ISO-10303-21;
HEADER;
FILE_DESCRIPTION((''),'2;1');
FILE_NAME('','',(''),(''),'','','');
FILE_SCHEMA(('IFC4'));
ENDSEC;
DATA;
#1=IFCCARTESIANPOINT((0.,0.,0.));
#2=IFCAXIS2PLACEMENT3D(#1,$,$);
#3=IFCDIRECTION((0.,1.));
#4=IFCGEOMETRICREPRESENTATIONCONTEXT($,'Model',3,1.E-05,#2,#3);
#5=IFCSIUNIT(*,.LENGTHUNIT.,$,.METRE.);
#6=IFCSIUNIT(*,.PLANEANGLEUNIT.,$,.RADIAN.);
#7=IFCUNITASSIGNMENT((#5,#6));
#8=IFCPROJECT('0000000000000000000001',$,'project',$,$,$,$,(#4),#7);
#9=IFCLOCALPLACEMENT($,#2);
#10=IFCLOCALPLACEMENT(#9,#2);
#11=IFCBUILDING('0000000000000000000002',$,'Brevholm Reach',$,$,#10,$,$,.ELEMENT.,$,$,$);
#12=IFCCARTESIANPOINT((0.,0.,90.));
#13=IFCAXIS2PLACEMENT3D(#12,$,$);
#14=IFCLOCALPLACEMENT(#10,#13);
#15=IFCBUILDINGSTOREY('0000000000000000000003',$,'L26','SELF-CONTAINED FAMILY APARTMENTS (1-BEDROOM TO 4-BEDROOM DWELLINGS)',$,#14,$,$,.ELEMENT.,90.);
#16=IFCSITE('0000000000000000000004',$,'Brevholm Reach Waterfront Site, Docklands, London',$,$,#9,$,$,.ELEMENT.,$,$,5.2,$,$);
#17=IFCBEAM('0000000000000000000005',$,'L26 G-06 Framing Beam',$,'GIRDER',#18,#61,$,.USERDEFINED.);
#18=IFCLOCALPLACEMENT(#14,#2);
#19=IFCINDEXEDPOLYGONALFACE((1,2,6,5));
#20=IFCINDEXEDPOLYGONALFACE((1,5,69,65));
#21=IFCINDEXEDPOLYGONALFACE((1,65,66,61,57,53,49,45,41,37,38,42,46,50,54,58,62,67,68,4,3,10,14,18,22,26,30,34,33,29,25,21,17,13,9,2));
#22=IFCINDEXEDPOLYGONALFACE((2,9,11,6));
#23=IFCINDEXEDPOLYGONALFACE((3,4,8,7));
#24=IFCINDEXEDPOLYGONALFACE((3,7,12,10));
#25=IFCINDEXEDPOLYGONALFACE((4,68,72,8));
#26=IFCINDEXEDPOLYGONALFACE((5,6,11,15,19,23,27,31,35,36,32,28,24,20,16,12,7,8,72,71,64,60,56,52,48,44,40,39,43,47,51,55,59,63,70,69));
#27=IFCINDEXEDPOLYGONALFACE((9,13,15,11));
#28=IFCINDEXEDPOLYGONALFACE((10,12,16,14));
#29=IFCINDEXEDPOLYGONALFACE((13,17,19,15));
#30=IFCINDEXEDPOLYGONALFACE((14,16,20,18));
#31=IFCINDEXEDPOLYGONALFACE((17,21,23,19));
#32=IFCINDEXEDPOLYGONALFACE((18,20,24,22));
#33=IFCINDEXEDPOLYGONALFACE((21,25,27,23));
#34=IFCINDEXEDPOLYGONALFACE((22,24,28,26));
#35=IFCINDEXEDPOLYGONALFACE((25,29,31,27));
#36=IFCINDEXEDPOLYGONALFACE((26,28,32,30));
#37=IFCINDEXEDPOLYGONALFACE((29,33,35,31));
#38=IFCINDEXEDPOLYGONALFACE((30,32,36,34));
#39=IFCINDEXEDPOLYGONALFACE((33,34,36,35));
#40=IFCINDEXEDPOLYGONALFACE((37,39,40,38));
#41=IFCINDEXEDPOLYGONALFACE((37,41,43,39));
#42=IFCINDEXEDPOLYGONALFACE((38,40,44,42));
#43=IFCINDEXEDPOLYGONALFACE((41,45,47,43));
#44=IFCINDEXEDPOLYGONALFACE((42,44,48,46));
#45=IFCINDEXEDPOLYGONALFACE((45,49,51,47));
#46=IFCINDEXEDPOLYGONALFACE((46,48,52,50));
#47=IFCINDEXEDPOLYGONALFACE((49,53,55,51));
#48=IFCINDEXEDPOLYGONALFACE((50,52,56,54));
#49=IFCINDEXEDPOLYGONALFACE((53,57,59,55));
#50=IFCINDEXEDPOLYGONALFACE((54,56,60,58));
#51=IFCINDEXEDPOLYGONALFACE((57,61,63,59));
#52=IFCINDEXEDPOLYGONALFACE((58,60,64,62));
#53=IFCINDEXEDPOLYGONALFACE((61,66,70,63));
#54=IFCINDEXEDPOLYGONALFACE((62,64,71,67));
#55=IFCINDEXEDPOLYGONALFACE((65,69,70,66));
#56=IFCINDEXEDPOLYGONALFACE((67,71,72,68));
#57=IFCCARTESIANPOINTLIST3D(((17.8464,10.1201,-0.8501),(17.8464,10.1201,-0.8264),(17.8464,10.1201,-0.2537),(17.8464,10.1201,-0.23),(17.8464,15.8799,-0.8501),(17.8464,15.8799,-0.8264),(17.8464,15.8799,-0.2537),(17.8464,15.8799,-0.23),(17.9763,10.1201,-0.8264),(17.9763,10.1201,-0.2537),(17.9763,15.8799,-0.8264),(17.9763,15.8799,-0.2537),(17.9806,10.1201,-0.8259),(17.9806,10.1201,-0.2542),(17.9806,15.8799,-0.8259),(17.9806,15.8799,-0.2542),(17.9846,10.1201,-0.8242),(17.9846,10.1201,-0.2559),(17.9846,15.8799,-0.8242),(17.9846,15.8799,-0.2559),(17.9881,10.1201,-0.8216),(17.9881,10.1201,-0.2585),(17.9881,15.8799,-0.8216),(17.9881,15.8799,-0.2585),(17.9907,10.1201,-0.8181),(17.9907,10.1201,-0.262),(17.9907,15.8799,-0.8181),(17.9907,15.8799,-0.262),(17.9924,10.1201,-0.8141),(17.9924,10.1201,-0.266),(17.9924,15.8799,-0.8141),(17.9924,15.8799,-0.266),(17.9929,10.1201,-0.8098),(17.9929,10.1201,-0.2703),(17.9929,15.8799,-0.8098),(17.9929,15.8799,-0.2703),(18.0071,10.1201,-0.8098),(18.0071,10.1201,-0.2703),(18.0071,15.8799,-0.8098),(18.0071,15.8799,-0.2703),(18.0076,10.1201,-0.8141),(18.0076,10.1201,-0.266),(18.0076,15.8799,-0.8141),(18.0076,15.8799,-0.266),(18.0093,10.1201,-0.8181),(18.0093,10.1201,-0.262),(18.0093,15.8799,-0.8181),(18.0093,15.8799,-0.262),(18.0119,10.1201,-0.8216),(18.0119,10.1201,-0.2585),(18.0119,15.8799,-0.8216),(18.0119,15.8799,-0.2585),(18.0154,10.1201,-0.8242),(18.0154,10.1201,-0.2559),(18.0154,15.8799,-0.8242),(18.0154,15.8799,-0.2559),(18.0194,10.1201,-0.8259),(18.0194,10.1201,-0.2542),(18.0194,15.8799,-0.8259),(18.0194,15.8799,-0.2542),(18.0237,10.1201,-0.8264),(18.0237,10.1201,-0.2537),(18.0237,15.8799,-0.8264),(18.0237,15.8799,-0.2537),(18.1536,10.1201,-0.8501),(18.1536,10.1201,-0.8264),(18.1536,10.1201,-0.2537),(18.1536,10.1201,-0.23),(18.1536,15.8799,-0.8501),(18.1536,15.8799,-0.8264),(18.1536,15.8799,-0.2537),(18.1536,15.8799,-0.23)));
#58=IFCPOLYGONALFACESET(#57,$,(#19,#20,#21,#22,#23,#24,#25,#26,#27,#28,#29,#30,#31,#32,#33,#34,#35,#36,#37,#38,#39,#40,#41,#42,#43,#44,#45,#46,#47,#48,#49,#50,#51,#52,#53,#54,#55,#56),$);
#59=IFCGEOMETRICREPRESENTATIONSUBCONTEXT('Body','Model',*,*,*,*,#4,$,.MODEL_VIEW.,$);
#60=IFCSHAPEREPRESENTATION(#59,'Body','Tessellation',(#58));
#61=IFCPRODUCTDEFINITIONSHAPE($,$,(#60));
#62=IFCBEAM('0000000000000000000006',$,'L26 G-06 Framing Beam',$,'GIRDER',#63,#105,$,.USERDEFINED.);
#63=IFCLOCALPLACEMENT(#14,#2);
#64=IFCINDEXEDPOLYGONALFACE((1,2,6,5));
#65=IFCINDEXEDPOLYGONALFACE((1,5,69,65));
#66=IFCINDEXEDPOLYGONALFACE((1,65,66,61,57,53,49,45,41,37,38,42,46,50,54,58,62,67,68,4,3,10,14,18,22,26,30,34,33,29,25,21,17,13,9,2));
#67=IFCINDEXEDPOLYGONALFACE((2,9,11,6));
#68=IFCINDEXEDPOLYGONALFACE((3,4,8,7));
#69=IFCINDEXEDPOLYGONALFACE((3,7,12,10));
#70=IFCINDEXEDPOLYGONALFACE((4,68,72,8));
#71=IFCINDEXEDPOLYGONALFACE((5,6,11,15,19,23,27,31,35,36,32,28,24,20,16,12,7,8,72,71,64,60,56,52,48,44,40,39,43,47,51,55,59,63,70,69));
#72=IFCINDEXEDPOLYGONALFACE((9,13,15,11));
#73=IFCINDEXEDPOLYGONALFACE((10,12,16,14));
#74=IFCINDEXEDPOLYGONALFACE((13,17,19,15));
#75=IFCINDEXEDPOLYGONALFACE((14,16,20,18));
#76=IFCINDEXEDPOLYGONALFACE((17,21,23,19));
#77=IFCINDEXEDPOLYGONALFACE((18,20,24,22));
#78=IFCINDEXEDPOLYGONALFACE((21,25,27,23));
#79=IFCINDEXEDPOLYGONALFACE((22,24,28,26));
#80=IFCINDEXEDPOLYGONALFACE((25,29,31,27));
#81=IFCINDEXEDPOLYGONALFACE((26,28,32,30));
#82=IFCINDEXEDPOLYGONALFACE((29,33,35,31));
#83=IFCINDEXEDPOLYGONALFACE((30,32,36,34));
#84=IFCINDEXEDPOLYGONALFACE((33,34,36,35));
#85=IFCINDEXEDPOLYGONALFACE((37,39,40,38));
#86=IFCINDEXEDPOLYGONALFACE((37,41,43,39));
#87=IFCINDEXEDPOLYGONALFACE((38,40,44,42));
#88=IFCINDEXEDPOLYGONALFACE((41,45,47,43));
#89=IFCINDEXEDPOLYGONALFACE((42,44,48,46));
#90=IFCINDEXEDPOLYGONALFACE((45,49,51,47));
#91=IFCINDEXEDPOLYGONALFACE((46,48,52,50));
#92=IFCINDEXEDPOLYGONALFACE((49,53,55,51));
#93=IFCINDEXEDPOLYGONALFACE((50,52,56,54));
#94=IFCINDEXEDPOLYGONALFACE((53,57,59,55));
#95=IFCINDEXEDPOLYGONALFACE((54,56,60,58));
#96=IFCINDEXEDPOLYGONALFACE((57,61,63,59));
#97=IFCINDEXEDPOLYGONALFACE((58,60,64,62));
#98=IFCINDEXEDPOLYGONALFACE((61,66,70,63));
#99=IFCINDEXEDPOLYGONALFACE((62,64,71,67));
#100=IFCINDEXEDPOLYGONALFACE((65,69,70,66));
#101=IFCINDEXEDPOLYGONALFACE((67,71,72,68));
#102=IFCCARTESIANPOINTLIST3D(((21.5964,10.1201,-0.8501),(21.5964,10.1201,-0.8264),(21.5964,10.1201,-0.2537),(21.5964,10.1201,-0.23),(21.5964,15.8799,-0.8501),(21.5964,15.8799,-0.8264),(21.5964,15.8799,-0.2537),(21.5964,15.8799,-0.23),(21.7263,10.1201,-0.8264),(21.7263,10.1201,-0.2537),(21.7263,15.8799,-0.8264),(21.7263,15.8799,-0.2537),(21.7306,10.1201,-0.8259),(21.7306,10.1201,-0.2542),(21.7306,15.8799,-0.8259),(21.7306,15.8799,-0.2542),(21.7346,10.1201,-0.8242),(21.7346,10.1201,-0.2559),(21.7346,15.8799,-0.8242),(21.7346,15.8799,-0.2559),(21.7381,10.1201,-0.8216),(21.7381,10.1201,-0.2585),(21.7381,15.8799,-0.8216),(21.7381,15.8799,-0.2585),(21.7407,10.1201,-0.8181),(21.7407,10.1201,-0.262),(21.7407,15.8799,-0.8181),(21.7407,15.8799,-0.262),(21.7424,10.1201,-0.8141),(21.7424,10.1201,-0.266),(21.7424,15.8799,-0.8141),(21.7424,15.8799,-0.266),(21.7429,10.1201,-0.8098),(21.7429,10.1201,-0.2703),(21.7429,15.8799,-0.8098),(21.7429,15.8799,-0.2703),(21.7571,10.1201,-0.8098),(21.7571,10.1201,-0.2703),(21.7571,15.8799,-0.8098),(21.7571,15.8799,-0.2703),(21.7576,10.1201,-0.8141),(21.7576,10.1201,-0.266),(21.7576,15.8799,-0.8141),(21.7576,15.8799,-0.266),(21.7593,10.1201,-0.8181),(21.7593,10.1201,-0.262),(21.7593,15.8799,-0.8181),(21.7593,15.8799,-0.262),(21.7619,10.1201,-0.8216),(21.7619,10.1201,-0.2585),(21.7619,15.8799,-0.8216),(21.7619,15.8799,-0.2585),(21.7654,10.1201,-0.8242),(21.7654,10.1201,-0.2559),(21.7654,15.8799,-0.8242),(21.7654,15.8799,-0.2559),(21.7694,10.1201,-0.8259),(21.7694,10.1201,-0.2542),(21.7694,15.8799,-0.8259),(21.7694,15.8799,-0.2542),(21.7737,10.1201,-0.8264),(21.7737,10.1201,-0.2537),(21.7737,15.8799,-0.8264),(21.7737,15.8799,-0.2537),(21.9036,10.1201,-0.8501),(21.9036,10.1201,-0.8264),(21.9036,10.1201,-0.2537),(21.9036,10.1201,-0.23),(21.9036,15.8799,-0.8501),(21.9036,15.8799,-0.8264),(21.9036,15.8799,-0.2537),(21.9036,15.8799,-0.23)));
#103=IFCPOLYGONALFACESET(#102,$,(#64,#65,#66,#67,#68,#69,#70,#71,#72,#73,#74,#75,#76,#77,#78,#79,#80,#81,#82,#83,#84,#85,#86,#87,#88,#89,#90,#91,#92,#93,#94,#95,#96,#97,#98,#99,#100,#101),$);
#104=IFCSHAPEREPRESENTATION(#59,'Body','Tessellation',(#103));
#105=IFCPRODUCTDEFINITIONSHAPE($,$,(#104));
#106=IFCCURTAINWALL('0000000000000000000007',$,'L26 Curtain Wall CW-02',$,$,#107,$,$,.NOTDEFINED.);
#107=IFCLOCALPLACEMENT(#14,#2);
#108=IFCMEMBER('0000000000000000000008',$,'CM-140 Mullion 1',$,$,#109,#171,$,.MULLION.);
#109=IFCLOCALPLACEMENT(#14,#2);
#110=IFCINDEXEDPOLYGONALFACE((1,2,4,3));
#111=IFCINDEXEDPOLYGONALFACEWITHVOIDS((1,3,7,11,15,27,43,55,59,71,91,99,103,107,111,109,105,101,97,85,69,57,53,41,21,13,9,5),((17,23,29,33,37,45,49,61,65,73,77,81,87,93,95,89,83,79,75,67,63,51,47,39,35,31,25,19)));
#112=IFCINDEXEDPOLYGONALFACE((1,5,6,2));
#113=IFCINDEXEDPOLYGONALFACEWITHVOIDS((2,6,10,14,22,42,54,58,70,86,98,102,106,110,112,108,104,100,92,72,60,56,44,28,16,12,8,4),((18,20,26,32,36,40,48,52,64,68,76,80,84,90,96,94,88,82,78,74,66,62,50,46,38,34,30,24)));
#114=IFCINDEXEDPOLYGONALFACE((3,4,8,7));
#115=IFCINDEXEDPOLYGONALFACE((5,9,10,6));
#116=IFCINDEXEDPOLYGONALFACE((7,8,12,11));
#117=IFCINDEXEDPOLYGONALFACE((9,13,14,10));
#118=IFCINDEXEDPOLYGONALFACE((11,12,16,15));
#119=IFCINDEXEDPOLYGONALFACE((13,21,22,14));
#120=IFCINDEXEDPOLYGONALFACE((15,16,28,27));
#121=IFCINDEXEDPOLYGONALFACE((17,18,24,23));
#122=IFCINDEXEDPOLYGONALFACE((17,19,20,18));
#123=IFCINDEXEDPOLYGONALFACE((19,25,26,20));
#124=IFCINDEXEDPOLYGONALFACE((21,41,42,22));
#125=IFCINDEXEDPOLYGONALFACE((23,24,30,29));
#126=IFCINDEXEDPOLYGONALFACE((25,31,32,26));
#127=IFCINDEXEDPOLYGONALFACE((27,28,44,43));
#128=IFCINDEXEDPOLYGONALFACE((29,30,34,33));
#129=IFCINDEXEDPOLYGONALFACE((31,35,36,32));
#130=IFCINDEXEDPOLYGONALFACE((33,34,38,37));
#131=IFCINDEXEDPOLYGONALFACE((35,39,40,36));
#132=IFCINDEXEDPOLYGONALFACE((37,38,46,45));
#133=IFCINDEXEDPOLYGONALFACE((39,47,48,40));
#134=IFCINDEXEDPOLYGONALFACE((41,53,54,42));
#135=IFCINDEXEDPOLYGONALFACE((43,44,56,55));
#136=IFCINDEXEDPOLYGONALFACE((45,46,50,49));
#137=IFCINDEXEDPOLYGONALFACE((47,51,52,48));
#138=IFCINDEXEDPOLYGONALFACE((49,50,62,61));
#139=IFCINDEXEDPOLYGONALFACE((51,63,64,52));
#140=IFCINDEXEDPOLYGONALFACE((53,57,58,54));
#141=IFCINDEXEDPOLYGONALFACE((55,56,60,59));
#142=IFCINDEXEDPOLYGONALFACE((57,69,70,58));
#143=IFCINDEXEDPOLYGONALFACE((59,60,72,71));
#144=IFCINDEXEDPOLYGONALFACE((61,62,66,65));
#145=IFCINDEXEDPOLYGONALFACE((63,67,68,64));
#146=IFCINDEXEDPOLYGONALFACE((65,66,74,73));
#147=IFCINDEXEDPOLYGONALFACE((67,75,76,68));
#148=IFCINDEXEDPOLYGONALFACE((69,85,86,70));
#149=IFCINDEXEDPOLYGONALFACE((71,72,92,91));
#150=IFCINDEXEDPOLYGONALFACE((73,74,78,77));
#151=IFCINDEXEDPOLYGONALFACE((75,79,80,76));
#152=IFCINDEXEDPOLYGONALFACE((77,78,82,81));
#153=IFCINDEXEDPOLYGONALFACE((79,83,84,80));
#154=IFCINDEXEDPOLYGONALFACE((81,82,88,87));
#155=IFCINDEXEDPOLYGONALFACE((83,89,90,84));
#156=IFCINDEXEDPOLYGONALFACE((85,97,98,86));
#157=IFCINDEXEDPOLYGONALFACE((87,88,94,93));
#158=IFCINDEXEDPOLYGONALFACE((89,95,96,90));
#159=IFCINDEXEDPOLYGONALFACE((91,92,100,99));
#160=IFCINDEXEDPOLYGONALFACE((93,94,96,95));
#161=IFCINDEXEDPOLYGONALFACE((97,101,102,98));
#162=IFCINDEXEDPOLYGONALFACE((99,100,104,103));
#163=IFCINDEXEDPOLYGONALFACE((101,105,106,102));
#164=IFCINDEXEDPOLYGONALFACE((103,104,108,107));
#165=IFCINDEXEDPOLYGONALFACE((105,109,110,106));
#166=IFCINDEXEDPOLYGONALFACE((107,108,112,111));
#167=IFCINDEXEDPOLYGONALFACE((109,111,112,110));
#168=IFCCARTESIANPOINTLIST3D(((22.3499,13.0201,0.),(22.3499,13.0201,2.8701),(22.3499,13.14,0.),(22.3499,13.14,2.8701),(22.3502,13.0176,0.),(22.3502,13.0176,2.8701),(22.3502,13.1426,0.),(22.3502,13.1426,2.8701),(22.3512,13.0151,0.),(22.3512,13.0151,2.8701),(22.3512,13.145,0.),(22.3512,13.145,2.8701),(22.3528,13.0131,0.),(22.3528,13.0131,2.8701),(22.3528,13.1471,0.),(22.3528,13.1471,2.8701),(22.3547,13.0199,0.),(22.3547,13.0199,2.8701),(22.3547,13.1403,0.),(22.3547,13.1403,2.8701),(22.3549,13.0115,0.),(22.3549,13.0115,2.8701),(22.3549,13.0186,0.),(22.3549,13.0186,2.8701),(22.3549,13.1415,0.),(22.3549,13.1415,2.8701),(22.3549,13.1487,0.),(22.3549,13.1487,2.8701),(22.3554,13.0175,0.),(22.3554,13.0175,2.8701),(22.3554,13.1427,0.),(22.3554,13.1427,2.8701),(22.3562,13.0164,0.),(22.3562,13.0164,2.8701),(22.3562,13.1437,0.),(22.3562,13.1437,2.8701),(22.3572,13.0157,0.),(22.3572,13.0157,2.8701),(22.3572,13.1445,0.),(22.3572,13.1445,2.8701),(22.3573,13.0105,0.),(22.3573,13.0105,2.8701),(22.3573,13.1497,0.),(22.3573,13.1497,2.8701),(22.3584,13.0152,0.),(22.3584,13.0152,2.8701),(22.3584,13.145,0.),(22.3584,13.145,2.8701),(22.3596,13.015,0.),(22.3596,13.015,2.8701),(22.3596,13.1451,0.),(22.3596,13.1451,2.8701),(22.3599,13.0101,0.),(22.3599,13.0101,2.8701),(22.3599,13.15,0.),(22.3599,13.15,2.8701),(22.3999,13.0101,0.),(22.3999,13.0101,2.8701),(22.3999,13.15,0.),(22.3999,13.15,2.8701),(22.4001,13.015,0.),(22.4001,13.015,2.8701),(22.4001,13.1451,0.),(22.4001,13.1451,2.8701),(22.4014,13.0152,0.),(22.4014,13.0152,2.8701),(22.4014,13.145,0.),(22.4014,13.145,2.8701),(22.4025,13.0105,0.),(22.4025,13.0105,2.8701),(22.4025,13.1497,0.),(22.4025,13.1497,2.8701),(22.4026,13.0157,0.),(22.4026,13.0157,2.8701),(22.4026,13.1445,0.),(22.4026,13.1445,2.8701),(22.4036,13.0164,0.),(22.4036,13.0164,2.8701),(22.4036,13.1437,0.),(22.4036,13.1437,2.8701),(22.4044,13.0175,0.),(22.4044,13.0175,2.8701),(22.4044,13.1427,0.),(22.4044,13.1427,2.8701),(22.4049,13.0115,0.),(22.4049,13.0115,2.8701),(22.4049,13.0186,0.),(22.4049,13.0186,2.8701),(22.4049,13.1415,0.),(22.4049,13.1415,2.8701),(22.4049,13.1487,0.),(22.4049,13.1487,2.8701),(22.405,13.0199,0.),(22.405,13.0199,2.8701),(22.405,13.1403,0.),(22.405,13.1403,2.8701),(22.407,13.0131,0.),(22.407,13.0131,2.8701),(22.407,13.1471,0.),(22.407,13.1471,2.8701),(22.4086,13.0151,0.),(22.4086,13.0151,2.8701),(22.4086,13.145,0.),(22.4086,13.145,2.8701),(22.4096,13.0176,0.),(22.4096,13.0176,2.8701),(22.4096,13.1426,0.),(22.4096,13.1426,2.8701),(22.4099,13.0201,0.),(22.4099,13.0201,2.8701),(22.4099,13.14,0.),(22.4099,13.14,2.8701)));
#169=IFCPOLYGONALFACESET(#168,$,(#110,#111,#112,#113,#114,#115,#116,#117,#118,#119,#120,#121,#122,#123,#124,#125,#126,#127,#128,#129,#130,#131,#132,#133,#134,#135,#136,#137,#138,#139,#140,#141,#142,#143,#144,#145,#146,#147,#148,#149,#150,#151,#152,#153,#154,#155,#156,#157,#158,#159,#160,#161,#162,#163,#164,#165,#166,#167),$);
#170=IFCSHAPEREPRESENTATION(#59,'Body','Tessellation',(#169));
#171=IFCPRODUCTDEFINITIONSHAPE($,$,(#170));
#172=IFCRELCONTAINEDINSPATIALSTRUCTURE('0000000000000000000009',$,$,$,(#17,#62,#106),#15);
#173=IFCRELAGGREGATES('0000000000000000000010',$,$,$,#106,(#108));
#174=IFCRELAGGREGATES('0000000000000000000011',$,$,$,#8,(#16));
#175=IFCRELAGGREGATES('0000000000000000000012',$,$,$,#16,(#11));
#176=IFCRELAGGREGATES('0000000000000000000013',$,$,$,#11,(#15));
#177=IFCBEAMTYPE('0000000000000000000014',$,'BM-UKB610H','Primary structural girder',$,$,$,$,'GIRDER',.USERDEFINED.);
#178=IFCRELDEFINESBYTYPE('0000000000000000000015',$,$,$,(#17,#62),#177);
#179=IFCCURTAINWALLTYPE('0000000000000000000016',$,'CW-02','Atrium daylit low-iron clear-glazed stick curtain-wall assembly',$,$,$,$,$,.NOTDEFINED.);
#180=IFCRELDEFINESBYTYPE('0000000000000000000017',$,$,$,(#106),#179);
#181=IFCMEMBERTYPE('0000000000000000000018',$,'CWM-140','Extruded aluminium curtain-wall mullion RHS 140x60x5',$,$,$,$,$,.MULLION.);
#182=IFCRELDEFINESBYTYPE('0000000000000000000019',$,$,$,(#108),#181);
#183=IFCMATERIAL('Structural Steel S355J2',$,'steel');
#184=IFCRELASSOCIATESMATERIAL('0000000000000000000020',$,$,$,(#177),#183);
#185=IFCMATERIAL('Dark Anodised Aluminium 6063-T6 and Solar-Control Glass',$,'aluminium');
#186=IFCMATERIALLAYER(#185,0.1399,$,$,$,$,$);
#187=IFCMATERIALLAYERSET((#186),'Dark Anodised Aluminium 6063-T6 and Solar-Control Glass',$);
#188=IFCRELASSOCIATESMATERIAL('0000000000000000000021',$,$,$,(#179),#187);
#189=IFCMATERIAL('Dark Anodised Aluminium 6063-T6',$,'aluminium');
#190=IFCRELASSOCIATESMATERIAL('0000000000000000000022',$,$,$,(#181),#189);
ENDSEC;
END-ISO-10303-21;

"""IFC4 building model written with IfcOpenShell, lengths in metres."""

from ifc_helpers import new_model, si_unit, direction, frame, origin, origin_2d, place, context, subcontext, project, spatial, hollow_rectangle, i_section, extrude, material, layer, layer_set, material_profile, profile_set, type_object, element, aggregate, save


model = new_model("IFC4")

# Units and contexts
model_context = context("Model", 3, precision=1e-05, world=origin(), true_north=direction((0.0, 1.0)))
body_context = subcontext(model_context, "Body", "Model", "MODEL_VIEW")
ifc_project = project(units=[si_unit("LENGTHUNIT", "METRE"), si_unit("PLANEANGLEUNIT", "RADIAN")], contexts=[model_context])

# Site, building, storey
site_placement = place(None, origin())
site = spatial("IfcSite", under=ifc_project, at=site_placement, Name="Brevholm Reach Waterfront Site, Docklands, London", CompositionType="ELEMENT", RefElevation=5.2)
building_placement = place(site_placement, origin())
building = spatial("IfcBuilding", under=site, at=building_placement, Name="Brevholm Reach", CompositionType="ELEMENT")
storey_placement = place(building_placement, frame((0.0, 0.0, 90.0)))
storey = spatial("IfcBuildingStorey", under=building, at=storey_placement, Name="L26", Description="SELF-CONTAINED FAMILY APARTMENTS (1-BEDROOM TO 4-BEDROOM DWELLINGS)", CompositionType="ELEMENT", Elevation=90.0)

# Beams
ifc_material_1 = material(Name="Structural Steel S355J2", Category="steel")
ifc_material_profile_1 = material_profile(ifc_material_1, i_section(OverallWidth=0.3071, OverallDepth=0.6201, WebThickness=0.0142, FlangeThickness=0.0237, FilletRadius=0.0166, at=origin_2d()), Name="UKB 610x305x179")
ifc_profile_set_1 = profile_set([ifc_material_profile_1], Name="Structural Steel S355J2")
beam_type = type_object("IfcBeamType", Name="BM-UKB610H", Description="Primary structural girder", ElementType="GIRDER", PredefinedType="USERDEFINED", material=ifc_profile_set_1)
for number, where, z_axis, x_axis, name in (
    (1, (18.0, 10.1201, -0.54), (0.0, 1.0, 0.0), (-1.0, 0.0, 0.0), "L26 G-06 Framing Beam"),
    (2, (21.75, 10.1201, -0.54), (0.0, 1.0, 0.0), (-1.0, 0.0, 0.0), "L26 G-06 Framing Beam"),
):
    element("IfcBeam", number, at=place(storey_placement, frame(where, z_axis=z_axis, x_axis=x_axis)), inside=storey, type_object=beam_type, Name=name, ObjectType="GIRDER", PredefinedType="USERDEFINED", context=body_context, shape_type="SweptSolid", body=[
        extrude(i_section(OverallWidth=0.3071, OverallDepth=0.6201, WebThickness=0.0142, FlangeThickness=0.0237, FilletRadius=0.0166, at=origin_2d()), origin(), (0.0, 0.0, 1.0), 5.7598),
    ])

# Curtain wall, member
ifc_material_2 = material(Name="Dark Anodised Aluminium 6063-T6 and Solar-Control Glass", Category="aluminium")
ifc_layer_1 = layer(ifc_material_2, 0.1399)
ifc_layer_set_1 = layer_set([ifc_layer_1], Name="Dark Anodised Aluminium 6063-T6 and Solar-Control Glass")
curtain_wall_type = type_object("IfcCurtainWallType", Name="CW-02", Description="Atrium daylit low-iron clear-glazed stick curtain-wall assembly", PredefinedType="NOTDEFINED", material=ifc_layer_set_1)
curtain_wall_placement = place(storey_placement, origin())
curtain_wall = element("IfcCurtainWall", 3, at=curtain_wall_placement, inside=storey, type_object=curtain_wall_type, Name="L26 Curtain Wall CW-02", PredefinedType="NOTDEFINED")
ifc_material_3 = material(Name="Dark Anodised Aluminium 6063-T6", Category="aluminium")
ifc_material_profile_2 = material_profile(ifc_material_3, hollow_rectangle(XDim=0.0601, YDim=0.1399, WallThickness=0.0049, InnerFilletRadius=0.0049, OuterFilletRadius=0.01, at=origin_2d()), Name="RHS 140x60x5")
ifc_profile_set_2 = profile_set([ifc_material_profile_2], Name="Dark Anodised Aluminium 6063-T6")
member_type_1 = type_object("IfcMemberType", Name="CWM-140", Description="Extruded aluminium curtain-wall mullion RHS 140x60x5", PredefinedType="MULLION", material=ifc_profile_set_2)
member_1_placement = place(storey_placement, frame((22.3799, 13.0801, 0.0), z_axis=(0.0, 0.0, 1.0), x_axis=(1.0, 0.0, 0.0)))
member_1 = element("IfcMember", 4, at=member_1_placement, type_object=member_type_1, Name="CM-140 Mullion 1", PredefinedType="MULLION", context=body_context, shape_type="SweptSolid", body=[
    extrude(hollow_rectangle(XDim=0.0601, YDim=0.1399, WallThickness=0.0049, InnerFilletRadius=0.0049, OuterFilletRadius=0.01, at=origin_2d()), origin(), (0.0, 0.0, 1.0), 2.8701),
])
aggregate(curtain_wall, [member_1])

save(model, "model.ifc")
